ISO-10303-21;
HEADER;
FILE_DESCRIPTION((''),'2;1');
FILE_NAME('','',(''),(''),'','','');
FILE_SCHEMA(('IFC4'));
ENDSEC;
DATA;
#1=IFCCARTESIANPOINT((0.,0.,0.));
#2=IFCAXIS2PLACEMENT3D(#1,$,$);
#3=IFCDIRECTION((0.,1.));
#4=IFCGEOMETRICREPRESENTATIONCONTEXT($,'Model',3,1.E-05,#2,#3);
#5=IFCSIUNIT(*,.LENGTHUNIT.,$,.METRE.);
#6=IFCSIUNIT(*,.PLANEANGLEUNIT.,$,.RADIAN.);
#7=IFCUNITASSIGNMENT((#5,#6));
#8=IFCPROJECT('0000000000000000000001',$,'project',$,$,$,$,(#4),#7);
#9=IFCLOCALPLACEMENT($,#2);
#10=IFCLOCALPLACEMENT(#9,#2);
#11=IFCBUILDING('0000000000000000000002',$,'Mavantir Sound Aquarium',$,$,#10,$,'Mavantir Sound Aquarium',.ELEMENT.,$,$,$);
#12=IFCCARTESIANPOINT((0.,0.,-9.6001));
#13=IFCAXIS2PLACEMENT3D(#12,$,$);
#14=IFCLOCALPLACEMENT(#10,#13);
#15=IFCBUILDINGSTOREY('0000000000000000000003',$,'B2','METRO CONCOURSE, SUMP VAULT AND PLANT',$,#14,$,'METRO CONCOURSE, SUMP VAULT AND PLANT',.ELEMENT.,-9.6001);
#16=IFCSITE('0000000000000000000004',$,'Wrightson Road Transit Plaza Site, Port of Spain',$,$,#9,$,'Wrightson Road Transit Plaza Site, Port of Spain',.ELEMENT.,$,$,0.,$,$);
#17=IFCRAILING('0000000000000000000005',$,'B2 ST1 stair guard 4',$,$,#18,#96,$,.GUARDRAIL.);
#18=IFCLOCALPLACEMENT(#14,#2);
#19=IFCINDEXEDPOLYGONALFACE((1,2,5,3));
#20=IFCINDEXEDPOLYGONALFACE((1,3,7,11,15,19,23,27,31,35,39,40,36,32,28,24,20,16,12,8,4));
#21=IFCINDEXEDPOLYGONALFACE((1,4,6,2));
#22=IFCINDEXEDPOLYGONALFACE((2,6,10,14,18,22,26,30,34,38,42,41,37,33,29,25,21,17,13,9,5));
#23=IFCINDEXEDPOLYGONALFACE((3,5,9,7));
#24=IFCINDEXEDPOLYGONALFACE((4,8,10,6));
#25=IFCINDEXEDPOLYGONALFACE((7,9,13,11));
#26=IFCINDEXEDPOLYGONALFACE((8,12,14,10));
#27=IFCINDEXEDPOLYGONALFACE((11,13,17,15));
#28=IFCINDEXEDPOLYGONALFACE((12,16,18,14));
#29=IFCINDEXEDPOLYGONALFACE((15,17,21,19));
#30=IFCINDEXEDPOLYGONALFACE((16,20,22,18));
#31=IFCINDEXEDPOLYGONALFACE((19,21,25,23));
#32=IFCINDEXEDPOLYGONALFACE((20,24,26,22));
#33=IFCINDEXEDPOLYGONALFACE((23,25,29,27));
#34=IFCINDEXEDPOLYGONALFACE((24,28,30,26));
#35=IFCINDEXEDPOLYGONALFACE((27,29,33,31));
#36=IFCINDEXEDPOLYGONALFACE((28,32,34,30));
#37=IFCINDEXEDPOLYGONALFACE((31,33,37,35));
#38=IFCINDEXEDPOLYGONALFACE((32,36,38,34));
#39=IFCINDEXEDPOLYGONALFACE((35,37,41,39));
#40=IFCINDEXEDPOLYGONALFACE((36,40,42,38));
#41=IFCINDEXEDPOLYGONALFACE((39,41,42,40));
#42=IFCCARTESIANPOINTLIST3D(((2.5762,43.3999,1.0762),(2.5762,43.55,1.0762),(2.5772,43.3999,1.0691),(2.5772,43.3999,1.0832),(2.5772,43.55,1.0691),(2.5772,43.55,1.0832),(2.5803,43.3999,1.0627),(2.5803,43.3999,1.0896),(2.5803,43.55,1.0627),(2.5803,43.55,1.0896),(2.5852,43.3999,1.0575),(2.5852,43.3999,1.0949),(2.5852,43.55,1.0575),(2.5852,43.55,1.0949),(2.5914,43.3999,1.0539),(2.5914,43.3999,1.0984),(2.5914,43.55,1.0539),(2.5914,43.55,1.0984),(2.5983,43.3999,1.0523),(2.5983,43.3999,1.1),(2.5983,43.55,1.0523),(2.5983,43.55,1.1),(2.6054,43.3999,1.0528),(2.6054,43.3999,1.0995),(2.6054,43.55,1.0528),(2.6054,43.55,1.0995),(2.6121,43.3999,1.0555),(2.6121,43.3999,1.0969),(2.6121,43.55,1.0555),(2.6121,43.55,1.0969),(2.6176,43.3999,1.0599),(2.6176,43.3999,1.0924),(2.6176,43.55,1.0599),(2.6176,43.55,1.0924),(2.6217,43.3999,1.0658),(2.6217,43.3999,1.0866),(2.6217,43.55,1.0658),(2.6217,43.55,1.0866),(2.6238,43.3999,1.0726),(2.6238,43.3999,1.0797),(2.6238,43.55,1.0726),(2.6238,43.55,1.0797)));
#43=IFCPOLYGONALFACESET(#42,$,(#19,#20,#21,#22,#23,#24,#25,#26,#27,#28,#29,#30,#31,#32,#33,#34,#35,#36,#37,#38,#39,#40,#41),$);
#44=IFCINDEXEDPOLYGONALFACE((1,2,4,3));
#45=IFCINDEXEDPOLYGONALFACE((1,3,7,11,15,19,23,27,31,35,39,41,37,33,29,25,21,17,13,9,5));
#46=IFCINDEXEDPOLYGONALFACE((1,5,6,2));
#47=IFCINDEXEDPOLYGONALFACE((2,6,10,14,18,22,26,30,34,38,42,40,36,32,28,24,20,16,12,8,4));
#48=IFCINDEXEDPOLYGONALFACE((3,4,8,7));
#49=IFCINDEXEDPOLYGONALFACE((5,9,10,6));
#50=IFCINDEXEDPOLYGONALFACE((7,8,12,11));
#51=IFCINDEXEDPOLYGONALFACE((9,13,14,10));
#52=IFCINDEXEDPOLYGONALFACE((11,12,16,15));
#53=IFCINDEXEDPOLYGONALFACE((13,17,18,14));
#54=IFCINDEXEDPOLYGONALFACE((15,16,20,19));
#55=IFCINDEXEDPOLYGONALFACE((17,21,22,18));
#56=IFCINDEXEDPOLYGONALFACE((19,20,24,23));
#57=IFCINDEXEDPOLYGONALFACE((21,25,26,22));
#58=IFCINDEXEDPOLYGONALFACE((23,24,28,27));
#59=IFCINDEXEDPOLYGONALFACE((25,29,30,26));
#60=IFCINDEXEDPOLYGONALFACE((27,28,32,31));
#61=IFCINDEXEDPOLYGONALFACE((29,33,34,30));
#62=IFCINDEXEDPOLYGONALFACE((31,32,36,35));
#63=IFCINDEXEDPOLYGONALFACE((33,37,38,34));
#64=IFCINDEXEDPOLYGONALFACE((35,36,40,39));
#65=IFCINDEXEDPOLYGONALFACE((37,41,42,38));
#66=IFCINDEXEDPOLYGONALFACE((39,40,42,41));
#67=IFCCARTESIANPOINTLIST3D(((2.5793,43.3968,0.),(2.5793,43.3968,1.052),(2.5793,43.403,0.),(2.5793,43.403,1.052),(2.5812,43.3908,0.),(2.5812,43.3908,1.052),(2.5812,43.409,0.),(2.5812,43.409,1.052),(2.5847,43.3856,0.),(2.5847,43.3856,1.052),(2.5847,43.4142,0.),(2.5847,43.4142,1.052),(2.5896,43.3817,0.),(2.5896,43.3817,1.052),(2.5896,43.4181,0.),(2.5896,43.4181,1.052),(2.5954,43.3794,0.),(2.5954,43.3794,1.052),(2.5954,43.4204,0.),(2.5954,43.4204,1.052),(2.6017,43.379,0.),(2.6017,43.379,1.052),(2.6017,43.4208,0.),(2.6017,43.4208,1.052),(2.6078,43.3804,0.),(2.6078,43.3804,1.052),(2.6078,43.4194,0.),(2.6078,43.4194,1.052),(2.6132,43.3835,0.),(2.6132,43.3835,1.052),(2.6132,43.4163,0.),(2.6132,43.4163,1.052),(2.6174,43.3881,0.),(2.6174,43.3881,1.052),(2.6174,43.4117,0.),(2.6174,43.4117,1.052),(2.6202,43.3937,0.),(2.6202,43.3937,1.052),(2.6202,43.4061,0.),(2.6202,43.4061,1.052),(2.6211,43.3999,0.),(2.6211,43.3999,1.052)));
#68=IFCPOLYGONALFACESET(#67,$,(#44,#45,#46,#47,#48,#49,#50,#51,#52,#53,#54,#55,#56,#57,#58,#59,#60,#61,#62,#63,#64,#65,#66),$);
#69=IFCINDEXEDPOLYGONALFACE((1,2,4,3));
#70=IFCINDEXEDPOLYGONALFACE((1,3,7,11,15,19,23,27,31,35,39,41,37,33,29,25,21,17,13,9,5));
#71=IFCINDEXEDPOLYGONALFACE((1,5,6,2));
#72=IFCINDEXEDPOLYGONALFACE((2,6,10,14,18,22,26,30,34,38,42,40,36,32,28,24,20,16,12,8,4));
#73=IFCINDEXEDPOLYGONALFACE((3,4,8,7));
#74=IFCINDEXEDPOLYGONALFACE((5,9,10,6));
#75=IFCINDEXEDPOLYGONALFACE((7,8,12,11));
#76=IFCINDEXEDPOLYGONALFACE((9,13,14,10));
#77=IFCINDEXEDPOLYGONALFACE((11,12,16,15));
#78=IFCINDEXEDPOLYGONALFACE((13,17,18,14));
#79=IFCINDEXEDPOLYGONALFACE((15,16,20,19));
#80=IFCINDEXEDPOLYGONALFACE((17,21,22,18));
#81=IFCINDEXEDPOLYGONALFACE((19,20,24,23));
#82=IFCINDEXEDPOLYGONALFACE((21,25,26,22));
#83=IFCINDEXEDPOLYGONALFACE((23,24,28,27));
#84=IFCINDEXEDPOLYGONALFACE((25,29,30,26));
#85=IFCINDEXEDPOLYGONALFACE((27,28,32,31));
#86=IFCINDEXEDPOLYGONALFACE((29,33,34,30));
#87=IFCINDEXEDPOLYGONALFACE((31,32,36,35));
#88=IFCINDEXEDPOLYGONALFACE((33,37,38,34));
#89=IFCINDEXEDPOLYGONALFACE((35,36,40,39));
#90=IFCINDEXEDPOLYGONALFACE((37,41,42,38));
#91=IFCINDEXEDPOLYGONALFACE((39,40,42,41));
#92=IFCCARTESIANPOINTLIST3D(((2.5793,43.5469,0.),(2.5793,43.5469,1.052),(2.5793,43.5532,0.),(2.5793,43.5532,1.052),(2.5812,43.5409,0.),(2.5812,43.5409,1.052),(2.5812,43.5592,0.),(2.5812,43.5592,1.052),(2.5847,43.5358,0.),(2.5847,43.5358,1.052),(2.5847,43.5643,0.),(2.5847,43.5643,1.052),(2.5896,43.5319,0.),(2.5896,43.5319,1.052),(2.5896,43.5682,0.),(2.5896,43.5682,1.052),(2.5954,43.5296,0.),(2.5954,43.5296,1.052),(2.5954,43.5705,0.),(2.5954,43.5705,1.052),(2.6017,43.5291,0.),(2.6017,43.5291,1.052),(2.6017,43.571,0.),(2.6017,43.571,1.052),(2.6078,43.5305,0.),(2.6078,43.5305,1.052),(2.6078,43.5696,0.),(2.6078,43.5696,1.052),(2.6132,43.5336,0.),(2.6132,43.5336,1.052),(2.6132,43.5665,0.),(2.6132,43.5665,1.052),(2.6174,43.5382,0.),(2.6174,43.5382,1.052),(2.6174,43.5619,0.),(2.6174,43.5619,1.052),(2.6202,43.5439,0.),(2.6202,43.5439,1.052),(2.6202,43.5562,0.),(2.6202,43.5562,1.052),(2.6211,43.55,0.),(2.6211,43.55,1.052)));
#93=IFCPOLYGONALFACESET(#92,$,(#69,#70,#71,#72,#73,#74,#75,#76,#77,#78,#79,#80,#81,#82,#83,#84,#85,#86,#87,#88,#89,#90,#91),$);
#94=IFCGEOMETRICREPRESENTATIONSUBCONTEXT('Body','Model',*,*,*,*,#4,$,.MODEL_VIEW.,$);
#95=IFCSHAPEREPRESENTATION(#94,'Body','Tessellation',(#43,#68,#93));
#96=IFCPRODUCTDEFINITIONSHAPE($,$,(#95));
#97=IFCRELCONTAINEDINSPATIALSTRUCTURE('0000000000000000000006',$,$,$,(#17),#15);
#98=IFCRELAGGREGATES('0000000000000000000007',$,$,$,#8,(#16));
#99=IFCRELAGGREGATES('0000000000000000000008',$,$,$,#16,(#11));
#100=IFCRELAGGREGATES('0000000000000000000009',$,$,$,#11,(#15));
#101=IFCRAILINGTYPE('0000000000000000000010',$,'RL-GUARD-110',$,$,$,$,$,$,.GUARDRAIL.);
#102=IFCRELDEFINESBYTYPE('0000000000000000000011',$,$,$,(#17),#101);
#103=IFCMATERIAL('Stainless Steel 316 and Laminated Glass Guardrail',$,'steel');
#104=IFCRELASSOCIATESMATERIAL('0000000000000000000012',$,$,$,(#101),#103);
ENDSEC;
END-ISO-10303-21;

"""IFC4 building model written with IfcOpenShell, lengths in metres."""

from ifc_helpers import new_model, si_unit, direction, frame, origin, origin_2d, place, context, subcontext, project, spatial, circle, extrude, material, type_object, element, save


model = new_model("IFC4")

# Units and contexts
model_context = context("Model", 3, precision=1e-05, world=origin(), true_north=direction((0.0, 1.0)))
body_context = subcontext(model_context, "Body", "Model", "MODEL_VIEW")
ifc_project = project(units=[si_unit("LENGTHUNIT", "METRE"), si_unit("PLANEANGLEUNIT", "RADIAN")], contexts=[model_context])

# Site, building, storey
site_placement = place(None, origin())
site = spatial("IfcSite", under=ifc_project, at=site_placement, Name="Wrightson Road Transit Plaza Site, Port of Spain", LongName="Wrightson Road Transit Plaza Site, Port of Spain", CompositionType="ELEMENT", RefElevation=0.0)
building_placement = place(site_placement, origin())
building = spatial("IfcBuilding", under=site, at=building_placement, Name="Mavantir Sound Aquarium", LongName="Mavantir Sound Aquarium", CompositionType="ELEMENT")
storey_placement = place(building_placement, frame((0.0, 0.0, -9.6001)))
storey = spatial("IfcBuildingStorey", under=building, at=storey_placement, Name="B2", Description="METRO CONCOURSE, SUMP VAULT AND PLANT", LongName="METRO CONCOURSE, SUMP VAULT AND PLANT", CompositionType="ELEMENT", Elevation=-9.6001)

# Railing
ifc_material_1 = material(Name="Stainless Steel 316 and Laminated Glass Guardrail", Category="steel")
railing_type_1 = type_object("IfcRailingType", Name="RL-GUARD-110", PredefinedType="GUARDRAIL", material=ifc_material_1)
railing_1_placement = place(storey_placement, frame((2.6001, 43.3999, 0.0)))
element("IfcRailing", 1, at=railing_1_placement, inside=storey, type_object=railing_type_1, Name="B2 ST1 stair guard 4", PredefinedType="GUARDRAIL", context=body_context, shape_type="SweptSolid", body=[
    extrude(circle(Radius=0.0239, at=origin_2d()), frame((0.0, 0.0, 1.0762), z_axis=(0.0, 1.0, 0.0), x_axis=(-1.0, 0.0, 0.0)), (0.0, 0.0, 1.0), 0.1501),
    extrude(circle(Radius=0.021, at=origin_2d()), origin(), (0.0, 0.0, 1.0), 1.052),
    extrude(circle(Radius=0.021, at=origin_2d()), frame((0.0, 0.1501, 0.0)), (0.0, 0.0, 1.0), 1.052),
])

save(model, "model.ifc")
